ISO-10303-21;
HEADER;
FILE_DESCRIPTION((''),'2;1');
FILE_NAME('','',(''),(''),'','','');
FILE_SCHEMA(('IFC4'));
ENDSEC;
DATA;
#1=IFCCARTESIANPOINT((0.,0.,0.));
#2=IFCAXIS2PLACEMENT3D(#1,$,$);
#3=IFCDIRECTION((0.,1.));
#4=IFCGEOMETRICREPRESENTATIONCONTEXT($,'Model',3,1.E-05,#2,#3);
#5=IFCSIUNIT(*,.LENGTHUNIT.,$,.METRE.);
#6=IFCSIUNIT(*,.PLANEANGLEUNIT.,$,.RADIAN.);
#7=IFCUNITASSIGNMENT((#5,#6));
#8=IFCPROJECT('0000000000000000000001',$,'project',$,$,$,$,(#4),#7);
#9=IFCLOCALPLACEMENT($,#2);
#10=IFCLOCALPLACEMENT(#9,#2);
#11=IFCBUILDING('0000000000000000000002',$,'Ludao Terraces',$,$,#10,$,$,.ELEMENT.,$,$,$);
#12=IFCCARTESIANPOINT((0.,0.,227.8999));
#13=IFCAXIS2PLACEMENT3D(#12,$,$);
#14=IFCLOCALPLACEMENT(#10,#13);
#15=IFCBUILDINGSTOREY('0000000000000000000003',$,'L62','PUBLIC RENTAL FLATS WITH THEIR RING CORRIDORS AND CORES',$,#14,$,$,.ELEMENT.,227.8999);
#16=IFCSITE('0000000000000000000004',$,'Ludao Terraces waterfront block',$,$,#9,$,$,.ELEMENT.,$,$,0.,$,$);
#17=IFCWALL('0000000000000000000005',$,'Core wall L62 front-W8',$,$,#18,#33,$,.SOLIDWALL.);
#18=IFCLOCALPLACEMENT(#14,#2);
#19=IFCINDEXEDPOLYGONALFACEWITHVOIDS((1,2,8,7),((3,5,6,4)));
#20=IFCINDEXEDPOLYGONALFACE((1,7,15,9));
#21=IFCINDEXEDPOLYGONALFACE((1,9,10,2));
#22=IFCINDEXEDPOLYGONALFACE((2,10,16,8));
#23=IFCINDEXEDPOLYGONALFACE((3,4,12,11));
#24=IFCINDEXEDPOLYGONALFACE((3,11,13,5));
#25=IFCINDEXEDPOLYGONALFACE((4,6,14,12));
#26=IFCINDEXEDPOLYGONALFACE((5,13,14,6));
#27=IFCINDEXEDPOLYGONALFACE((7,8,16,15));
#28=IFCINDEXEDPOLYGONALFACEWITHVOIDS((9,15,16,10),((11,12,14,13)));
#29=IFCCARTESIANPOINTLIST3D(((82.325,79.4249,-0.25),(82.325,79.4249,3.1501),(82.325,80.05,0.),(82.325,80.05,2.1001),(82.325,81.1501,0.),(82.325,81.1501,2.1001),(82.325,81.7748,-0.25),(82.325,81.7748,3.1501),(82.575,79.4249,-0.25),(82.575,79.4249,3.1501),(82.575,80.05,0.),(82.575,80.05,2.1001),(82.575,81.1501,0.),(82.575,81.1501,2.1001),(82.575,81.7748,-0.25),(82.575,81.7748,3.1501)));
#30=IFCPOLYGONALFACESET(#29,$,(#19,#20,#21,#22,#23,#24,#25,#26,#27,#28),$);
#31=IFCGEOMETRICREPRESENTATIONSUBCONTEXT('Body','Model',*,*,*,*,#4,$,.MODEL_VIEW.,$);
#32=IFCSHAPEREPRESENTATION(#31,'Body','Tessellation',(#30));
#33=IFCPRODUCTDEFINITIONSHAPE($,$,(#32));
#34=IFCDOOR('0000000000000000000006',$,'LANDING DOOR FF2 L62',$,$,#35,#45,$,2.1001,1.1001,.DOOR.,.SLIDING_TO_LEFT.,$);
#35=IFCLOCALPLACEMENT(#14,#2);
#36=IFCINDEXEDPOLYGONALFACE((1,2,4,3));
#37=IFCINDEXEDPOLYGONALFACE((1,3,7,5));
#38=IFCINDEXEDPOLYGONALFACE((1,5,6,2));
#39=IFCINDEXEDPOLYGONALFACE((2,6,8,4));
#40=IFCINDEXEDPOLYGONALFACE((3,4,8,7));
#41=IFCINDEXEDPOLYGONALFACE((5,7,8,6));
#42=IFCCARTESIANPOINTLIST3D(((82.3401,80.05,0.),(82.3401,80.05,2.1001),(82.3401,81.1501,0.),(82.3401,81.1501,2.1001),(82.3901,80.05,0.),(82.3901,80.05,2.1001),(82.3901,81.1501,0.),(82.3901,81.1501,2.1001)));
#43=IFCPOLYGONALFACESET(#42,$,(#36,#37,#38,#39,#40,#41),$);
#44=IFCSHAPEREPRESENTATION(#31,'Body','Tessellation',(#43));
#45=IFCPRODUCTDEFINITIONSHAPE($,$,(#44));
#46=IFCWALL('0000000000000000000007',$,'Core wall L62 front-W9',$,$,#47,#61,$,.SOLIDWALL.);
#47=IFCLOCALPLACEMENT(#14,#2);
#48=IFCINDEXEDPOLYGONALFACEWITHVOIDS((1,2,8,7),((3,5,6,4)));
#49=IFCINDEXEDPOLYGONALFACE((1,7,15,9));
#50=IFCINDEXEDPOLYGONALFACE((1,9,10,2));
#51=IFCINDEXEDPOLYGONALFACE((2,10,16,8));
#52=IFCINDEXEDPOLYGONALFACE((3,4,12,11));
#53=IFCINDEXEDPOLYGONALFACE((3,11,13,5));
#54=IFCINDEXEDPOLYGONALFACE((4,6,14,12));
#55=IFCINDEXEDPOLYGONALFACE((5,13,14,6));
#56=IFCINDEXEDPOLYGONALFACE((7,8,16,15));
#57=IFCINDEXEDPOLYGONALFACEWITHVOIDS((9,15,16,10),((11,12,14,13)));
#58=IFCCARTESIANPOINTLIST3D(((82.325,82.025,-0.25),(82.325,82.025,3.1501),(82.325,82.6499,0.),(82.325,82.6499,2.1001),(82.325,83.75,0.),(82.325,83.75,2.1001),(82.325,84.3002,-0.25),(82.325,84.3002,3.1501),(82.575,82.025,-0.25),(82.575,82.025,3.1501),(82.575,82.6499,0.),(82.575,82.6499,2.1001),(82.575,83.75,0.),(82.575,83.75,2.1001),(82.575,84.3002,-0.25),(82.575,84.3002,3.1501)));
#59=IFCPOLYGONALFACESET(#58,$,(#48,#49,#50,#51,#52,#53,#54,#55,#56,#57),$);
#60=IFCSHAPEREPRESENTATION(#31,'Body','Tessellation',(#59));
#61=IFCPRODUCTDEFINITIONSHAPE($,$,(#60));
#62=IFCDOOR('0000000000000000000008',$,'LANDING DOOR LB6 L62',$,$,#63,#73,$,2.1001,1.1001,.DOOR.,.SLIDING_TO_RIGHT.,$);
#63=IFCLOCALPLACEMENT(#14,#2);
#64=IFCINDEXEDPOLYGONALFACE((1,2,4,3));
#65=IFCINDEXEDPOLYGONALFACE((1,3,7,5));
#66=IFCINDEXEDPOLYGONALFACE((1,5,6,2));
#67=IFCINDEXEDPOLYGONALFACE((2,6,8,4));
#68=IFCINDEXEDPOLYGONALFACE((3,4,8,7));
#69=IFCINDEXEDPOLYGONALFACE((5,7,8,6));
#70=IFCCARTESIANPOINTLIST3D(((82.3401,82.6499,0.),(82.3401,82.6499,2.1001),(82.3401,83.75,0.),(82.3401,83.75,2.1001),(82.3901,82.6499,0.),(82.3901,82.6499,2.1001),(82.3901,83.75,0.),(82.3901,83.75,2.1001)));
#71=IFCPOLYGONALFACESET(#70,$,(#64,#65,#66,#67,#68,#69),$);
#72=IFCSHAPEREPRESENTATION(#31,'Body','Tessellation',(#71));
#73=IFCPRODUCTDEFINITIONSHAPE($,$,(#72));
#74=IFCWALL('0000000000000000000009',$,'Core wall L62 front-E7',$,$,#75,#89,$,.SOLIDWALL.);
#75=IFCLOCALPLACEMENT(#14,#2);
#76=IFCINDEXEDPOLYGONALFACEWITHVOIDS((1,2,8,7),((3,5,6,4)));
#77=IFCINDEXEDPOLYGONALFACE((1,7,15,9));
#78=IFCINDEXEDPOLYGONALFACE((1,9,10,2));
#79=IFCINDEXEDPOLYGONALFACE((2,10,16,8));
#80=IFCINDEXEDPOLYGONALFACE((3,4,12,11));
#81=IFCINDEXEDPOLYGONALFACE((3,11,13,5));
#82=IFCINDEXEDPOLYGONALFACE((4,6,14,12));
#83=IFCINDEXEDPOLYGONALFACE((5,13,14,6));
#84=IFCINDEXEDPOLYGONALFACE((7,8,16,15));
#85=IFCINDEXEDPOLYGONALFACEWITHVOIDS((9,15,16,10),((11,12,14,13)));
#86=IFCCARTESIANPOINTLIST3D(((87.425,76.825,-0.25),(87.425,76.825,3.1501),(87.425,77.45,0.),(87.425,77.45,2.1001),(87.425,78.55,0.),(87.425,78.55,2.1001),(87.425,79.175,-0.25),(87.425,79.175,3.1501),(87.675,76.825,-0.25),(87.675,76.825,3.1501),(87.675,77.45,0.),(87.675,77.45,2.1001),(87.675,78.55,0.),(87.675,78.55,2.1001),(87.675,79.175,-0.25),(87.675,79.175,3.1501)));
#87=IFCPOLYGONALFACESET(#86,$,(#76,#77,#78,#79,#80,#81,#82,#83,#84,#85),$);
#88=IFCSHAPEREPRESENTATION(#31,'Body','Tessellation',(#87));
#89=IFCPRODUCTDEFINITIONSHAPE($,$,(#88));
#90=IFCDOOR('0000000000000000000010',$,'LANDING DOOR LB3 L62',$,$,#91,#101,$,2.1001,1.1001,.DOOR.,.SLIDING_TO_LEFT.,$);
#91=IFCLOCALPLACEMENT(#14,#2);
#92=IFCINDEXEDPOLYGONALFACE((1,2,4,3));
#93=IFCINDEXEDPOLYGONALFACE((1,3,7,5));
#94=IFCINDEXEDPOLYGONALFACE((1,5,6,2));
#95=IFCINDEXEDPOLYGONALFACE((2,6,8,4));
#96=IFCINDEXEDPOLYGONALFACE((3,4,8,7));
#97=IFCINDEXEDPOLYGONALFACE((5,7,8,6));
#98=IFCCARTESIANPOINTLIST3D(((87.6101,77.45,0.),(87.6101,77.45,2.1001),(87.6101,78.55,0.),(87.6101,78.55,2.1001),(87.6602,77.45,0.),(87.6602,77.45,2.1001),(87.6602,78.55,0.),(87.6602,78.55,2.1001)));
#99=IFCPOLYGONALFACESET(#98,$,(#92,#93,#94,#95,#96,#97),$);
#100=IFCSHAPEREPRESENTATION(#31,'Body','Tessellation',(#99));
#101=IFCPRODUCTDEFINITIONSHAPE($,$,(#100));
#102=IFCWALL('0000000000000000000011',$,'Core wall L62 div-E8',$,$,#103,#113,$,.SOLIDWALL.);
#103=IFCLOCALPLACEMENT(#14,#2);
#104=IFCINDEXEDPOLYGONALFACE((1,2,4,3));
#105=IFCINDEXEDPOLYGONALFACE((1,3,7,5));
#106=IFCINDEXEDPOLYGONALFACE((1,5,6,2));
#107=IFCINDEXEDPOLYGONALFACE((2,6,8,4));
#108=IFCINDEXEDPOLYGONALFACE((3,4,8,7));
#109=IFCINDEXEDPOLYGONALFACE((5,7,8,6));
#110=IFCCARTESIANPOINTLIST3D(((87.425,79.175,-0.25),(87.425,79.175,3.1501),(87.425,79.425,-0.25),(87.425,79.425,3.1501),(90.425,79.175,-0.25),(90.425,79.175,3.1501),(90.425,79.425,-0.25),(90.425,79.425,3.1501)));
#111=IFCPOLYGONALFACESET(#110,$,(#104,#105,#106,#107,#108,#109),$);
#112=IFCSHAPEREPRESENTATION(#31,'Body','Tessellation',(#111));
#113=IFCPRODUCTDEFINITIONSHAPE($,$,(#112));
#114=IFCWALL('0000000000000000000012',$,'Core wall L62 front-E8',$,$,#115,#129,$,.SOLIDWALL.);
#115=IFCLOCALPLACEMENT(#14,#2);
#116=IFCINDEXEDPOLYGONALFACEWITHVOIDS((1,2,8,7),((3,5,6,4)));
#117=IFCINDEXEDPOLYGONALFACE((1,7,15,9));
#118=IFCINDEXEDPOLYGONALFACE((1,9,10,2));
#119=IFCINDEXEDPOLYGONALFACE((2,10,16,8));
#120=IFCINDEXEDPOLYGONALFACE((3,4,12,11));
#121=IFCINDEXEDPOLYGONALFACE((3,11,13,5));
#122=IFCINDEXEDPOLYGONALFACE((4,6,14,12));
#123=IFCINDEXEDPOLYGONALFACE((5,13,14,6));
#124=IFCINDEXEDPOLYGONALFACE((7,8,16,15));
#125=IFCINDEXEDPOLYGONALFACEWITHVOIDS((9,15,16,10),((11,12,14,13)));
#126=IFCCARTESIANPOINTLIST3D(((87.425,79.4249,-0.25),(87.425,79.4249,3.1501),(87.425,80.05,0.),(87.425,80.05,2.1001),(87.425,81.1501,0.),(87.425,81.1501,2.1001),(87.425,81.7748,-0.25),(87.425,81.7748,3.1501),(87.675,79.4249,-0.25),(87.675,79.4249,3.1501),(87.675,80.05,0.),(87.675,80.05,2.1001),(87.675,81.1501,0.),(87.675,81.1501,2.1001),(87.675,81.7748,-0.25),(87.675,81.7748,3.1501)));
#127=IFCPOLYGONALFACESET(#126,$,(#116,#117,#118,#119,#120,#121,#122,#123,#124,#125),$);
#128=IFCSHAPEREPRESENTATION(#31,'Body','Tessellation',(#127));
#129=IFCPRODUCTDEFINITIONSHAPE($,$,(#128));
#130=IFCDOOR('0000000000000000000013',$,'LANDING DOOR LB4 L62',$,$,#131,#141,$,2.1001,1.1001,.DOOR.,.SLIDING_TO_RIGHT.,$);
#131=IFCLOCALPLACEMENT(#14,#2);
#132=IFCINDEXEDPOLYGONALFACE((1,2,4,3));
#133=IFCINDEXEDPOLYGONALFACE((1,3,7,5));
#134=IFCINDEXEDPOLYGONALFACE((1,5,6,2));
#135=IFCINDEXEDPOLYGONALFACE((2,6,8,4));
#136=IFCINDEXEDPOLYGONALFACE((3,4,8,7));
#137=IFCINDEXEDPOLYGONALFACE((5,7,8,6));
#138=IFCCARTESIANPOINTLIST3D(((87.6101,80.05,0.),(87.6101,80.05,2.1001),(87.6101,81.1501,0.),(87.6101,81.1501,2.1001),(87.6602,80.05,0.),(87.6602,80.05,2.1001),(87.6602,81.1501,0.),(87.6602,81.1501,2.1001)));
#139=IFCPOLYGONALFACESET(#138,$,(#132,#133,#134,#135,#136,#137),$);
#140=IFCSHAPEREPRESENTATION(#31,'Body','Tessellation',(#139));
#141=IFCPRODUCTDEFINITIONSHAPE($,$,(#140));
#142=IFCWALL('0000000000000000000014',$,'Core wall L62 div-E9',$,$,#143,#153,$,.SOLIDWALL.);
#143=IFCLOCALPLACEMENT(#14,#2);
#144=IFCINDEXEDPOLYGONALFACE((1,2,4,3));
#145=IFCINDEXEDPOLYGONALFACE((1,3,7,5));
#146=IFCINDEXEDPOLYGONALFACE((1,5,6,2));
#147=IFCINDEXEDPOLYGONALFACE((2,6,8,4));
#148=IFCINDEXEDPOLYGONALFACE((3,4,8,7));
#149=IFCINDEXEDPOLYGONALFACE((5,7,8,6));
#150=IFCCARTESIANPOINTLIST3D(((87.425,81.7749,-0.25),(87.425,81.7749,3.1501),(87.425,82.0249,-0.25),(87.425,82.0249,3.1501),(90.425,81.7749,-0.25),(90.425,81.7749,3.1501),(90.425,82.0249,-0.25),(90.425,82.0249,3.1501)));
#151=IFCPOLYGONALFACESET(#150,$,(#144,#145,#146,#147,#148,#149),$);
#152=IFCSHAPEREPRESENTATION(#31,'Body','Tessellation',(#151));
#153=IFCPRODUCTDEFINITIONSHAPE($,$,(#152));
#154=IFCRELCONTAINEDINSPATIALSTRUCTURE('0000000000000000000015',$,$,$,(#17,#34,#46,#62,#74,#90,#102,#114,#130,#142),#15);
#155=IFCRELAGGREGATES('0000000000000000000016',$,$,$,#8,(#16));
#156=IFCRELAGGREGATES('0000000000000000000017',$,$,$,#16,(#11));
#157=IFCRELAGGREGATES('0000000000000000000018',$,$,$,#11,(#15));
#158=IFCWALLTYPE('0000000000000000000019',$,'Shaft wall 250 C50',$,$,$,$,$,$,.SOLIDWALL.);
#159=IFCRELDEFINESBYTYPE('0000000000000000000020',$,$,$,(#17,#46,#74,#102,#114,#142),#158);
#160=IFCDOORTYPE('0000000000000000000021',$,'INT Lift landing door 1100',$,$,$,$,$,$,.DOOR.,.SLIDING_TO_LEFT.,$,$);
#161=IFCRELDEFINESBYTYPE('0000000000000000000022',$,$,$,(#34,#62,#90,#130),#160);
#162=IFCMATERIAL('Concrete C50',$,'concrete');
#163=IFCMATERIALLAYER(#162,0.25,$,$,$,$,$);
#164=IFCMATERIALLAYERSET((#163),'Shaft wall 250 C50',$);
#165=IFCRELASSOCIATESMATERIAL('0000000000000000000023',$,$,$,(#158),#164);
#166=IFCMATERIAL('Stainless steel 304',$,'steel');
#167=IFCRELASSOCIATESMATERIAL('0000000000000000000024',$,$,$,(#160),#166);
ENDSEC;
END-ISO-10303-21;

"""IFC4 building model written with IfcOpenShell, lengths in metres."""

from ifc_helpers import new_model, si_unit, direction, frame, frame_2d, origin, place, context, subcontext, project, spatial, rectangle, extrude, material, layer, layer_set, type_object, element, fill, save


model = new_model("IFC4")

# Units and contexts
model_context = context("Model", 3, precision=1e-05, world=origin(), true_north=direction((0.0, 1.0)))
body_context = subcontext(model_context, "Body", "Model", "MODEL_VIEW")
ifc_project = project(units=[si_unit("LENGTHUNIT", "METRE"), si_unit("PLANEANGLEUNIT", "RADIAN")], contexts=[model_context])

# Site, building, storey
site_placement = place(None, origin())
site = spatial("IfcSite", under=ifc_project, at=site_placement, Name="Ludao Terraces waterfront block", CompositionType="ELEMENT", RefElevation=0.0)
building_placement = place(site_placement, origin())
building = spatial("IfcBuilding", under=site, at=building_placement, Name="Ludao Terraces", CompositionType="ELEMENT")
storey_placement = place(building_placement, frame((0.0, 0.0, 227.8999)))
storey = spatial("IfcBuildingStorey", under=building, at=storey_placement, Name="L62", Description="PUBLIC RENTAL FLATS WITH THEIR RING CORRIDORS AND CORES", CompositionType="ELEMENT", Elevation=227.8999)

# Shared definitions
ifc_material_1 = material(Name="Concrete C50", Category="concrete")

# Shared definitions
ifc_layer_1 = layer(ifc_material_1, 0.25)
ifc_layer_set_1 = layer_set([ifc_layer_1], Name="Shaft wall 250 C50")
wall_type_1 = type_object("IfcWallType", Name="Shaft wall 250 C50", PredefinedType="SOLIDWALL", material=ifc_layer_set_1)

# Walls, openings, doors
ifc_material_2 = material(Name="Stainless steel 304", Category="steel")
door_type_1 = type_object("IfcDoorType", Name="INT Lift landing door 1100", OperationType="SLIDING_TO_LEFT", PredefinedType="DOOR", material=ifc_material_2)
wall_1_placement = place(storey_placement, frame((82.45, 79.425, -0.25), z_axis=(0.0, 0.0, 1.0), x_axis=(0.0, 1.0, 0.0)))
wall_1 = element("IfcWall", 1, at=wall_1_placement, inside=storey, type_object=wall_type_1, Name="Core wall L62 front-W8", PredefinedType="SOLIDWALL", context=body_context, shape_type="SweptSolid", body=[
    extrude(rectangle(XDim=2.3499, YDim=0.25, at=frame_2d((1.1748, 0.0))), origin(), (0.0, 0.0, 1.0), 3.4001),
])
opening_1_placement = place(wall_1_placement, frame((0.625, 0.0, 0.25)))
opening_1 = element("IfcOpeningElement", 2, at=opening_1_placement, cuts=wall_1, PredefinedType="OPENING", context=body_context, shape_type="SweptSolid", body=[
    extrude(rectangle(XDim=1.1001, YDim=2.1001, at=frame_2d((0.55, 1.05))), frame((0.0, 0.135, 0.0), z_axis=(0.0, -1.0, 0.0), x_axis=(1.0, 0.0, 0.0)), (0.0, 0.0, 1.0), 0.27),
])
door_1_placement = place(opening_1_placement, origin())
door_1 = element("IfcDoor", 3, at=door_1_placement, inside=storey, type_object=door_type_1, Name="LANDING DOOR FF2 L62", OperationType="SLIDING_TO_LEFT", OverallHeight=2.1001, OverallWidth=1.1001, PredefinedType="DOOR", context=body_context, shape_type="SweptSolid", body=[
    extrude(rectangle(XDim=1.1001, YDim=2.1001, at=frame_2d((0.55, 1.05))), frame((0.0, 0.1099, 0.0), z_axis=(0.0, -1.0, 0.0), x_axis=(1.0, 0.0, 0.0)), (0.0, 0.0, 1.0), 0.05),
])
fill(opening_1, door_1)
wall_2_placement = place(storey_placement, frame((82.45, 82.0249, -0.25), z_axis=(0.0, 0.0, 1.0), x_axis=(0.0, 1.0, 0.0)))
wall_2 = element("IfcWall", 4, at=wall_2_placement, inside=storey, type_object=wall_type_1, Name="Core wall L62 front-W9", PredefinedType="SOLIDWALL", context=body_context, shape_type="SweptSolid", body=[
    extrude(rectangle(XDim=2.2751, YDim=0.25, at=frame_2d((1.1377, 0.0))), origin(), (0.0, 0.0, 1.0), 3.4001),
])
opening_2_placement = place(wall_2_placement, frame((0.625, 0.0, 0.25)))
opening_2 = element("IfcOpeningElement", 5, at=opening_2_placement, cuts=wall_2, PredefinedType="OPENING", context=body_context, shape_type="SweptSolid", body=[
    extrude(rectangle(XDim=1.1001, YDim=2.1001, at=frame_2d((0.55, 1.05))), frame((0.0, 0.135, 0.0), z_axis=(0.0, -1.0, 0.0), x_axis=(1.0, 0.0, 0.0)), (0.0, 0.0, 1.0), 0.27),
])
door_2_placement = place(opening_2_placement, origin())
door_2 = element("IfcDoor", 6, at=door_2_placement, inside=storey, type_object=door_type_1, Name="LANDING DOOR LB6 L62", OperationType="SLIDING_TO_RIGHT", OverallHeight=2.1001, OverallWidth=1.1001, PredefinedType="DOOR", context=body_context, shape_type="SweptSolid", body=[
    extrude(rectangle(XDim=1.1001, YDim=2.1001, at=frame_2d((0.55, 1.05))), frame((0.0, 0.1099, 0.0), z_axis=(0.0, -1.0, 0.0), x_axis=(1.0, 0.0, 0.0)), (0.0, 0.0, 1.0), 0.05),
])
fill(opening_2, door_2)
wall_3_placement = place(storey_placement, frame((87.55, 76.825, -0.25), z_axis=(0.0, 0.0, 1.0), x_axis=(0.0, 1.0, 0.0)))
wall_3 = element("IfcWall", 7, at=wall_3_placement, inside=storey, type_object=wall_type_1, Name="Core wall L62 front-E7", PredefinedType="SOLIDWALL", context=body_context, shape_type="SweptSolid", body=[
    extrude(rectangle(XDim=2.3501, YDim=0.25, at=frame_2d((1.175, 0.0))), origin(), (0.0, 0.0, 1.0), 3.4001),
])
opening_3_placement = place(wall_3_placement, frame((0.625, 0.0, 0.25)))
opening_3 = element("IfcOpeningElement", 8, at=opening_3_placement, cuts=wall_3, PredefinedType="OPENING", context=body_context, shape_type="SweptSolid", body=[
    extrude(rectangle(XDim=1.1001, YDim=2.1001, at=frame_2d((0.55, 1.05))), frame((0.0, 0.135, 0.0), z_axis=(0.0, -1.0, 0.0), x_axis=(1.0, 0.0, 0.0)), (0.0, 0.0, 1.0), 0.27),
])
door_3_placement = place(opening_3_placement, origin())
door_3 = element("IfcDoor", 9, at=door_3_placement, inside=storey, type_object=door_type_1, Name="LANDING DOOR LB3 L62", OperationType="SLIDING_TO_LEFT", OverallHeight=2.1001, OverallWidth=1.1001, PredefinedType="DOOR", context=body_context, shape_type="SweptSolid", body=[
    extrude(rectangle(XDim=1.1001, YDim=2.1001, at=frame_2d((0.55, 1.05))), frame((0.0, -0.0601, 0.0), z_axis=(0.0, -1.0, 0.0), x_axis=(1.0, 0.0, 0.0)), (0.0, 0.0, 1.0), 0.05),
])
fill(opening_3, door_3)

# Wall
wall_4_placement = place(storey_placement, frame((87.425, 79.3, -0.25), z_axis=(0.0, 0.0, 1.0), x_axis=(1.0, 0.0, 0.0)))
element("IfcWall", 10, at=wall_4_placement, inside=storey, type_object=wall_type_1, Name="Core wall L62 div-E8", PredefinedType="SOLIDWALL", context=body_context, shape_type="SweptSolid", body=[
    extrude(rectangle(XDim=3.0, YDim=0.25, at=frame_2d((1.5, 0.0))), origin(), (0.0, 0.0, 1.0), 3.4001),
])

# Wall, opening, door
wall_5_placement = place(storey_placement, frame((87.55, 79.425, -0.25), z_axis=(0.0, 0.0, 1.0), x_axis=(0.0, 1.0, 0.0)))
wall_5 = element("IfcWall", 11, at=wall_5_placement, inside=storey, type_object=wall_type_1, Name="Core wall L62 front-E8", PredefinedType="SOLIDWALL", context=body_context, shape_type="SweptSolid", body=[
    extrude(rectangle(XDim=2.3499, YDim=0.25, at=frame_2d((1.1748, 0.0))), origin(), (0.0, 0.0, 1.0), 3.4001),
])
opening_4_placement = place(wall_5_placement, frame((0.625, 0.0, 0.25)))
opening_4 = element("IfcOpeningElement", 12, at=opening_4_placement, cuts=wall_5, PredefinedType="OPENING", context=body_context, shape_type="SweptSolid", body=[
    extrude(rectangle(XDim=1.1001, YDim=2.1001, at=frame_2d((0.55, 1.05))), frame((0.0, 0.135, 0.0), z_axis=(0.0, -1.0, 0.0), x_axis=(1.0, 0.0, 0.0)), (0.0, 0.0, 1.0), 0.27),
])
door_4_placement = place(opening_4_placement, origin())
door_4 = element("IfcDoor", 13, at=door_4_placement, inside=storey, type_object=door_type_1, Name="LANDING DOOR LB4 L62", OperationType="SLIDING_TO_RIGHT", OverallHeight=2.1001, OverallWidth=1.1001, PredefinedType="DOOR", context=body_context, shape_type="SweptSolid", body=[
    extrude(rectangle(XDim=1.1001, YDim=2.1001, at=frame_2d((0.55, 1.05))), frame((0.0, -0.0601, 0.0), z_axis=(0.0, -1.0, 0.0), x_axis=(1.0, 0.0, 0.0)), (0.0, 0.0, 1.0), 0.05),
])
fill(opening_4, door_4)

# Wall
wall_6_placement = place(storey_placement, frame((87.425, 81.8999, -0.25), z_axis=(0.0, 0.0, 1.0), x_axis=(1.0, 0.0, 0.0)))
element("IfcWall", 14, at=wall_6_placement, inside=storey, type_object=wall_type_1, Name="Core wall L62 div-E9", PredefinedType="SOLIDWALL", context=body_context, shape_type="SweptSolid", body=[
    extrude(rectangle(XDim=3.0, YDim=0.25, at=frame_2d((1.5, 0.0))), origin(), (0.0, 0.0, 1.0), 3.4001),
])

save(model, "model.ifc")
